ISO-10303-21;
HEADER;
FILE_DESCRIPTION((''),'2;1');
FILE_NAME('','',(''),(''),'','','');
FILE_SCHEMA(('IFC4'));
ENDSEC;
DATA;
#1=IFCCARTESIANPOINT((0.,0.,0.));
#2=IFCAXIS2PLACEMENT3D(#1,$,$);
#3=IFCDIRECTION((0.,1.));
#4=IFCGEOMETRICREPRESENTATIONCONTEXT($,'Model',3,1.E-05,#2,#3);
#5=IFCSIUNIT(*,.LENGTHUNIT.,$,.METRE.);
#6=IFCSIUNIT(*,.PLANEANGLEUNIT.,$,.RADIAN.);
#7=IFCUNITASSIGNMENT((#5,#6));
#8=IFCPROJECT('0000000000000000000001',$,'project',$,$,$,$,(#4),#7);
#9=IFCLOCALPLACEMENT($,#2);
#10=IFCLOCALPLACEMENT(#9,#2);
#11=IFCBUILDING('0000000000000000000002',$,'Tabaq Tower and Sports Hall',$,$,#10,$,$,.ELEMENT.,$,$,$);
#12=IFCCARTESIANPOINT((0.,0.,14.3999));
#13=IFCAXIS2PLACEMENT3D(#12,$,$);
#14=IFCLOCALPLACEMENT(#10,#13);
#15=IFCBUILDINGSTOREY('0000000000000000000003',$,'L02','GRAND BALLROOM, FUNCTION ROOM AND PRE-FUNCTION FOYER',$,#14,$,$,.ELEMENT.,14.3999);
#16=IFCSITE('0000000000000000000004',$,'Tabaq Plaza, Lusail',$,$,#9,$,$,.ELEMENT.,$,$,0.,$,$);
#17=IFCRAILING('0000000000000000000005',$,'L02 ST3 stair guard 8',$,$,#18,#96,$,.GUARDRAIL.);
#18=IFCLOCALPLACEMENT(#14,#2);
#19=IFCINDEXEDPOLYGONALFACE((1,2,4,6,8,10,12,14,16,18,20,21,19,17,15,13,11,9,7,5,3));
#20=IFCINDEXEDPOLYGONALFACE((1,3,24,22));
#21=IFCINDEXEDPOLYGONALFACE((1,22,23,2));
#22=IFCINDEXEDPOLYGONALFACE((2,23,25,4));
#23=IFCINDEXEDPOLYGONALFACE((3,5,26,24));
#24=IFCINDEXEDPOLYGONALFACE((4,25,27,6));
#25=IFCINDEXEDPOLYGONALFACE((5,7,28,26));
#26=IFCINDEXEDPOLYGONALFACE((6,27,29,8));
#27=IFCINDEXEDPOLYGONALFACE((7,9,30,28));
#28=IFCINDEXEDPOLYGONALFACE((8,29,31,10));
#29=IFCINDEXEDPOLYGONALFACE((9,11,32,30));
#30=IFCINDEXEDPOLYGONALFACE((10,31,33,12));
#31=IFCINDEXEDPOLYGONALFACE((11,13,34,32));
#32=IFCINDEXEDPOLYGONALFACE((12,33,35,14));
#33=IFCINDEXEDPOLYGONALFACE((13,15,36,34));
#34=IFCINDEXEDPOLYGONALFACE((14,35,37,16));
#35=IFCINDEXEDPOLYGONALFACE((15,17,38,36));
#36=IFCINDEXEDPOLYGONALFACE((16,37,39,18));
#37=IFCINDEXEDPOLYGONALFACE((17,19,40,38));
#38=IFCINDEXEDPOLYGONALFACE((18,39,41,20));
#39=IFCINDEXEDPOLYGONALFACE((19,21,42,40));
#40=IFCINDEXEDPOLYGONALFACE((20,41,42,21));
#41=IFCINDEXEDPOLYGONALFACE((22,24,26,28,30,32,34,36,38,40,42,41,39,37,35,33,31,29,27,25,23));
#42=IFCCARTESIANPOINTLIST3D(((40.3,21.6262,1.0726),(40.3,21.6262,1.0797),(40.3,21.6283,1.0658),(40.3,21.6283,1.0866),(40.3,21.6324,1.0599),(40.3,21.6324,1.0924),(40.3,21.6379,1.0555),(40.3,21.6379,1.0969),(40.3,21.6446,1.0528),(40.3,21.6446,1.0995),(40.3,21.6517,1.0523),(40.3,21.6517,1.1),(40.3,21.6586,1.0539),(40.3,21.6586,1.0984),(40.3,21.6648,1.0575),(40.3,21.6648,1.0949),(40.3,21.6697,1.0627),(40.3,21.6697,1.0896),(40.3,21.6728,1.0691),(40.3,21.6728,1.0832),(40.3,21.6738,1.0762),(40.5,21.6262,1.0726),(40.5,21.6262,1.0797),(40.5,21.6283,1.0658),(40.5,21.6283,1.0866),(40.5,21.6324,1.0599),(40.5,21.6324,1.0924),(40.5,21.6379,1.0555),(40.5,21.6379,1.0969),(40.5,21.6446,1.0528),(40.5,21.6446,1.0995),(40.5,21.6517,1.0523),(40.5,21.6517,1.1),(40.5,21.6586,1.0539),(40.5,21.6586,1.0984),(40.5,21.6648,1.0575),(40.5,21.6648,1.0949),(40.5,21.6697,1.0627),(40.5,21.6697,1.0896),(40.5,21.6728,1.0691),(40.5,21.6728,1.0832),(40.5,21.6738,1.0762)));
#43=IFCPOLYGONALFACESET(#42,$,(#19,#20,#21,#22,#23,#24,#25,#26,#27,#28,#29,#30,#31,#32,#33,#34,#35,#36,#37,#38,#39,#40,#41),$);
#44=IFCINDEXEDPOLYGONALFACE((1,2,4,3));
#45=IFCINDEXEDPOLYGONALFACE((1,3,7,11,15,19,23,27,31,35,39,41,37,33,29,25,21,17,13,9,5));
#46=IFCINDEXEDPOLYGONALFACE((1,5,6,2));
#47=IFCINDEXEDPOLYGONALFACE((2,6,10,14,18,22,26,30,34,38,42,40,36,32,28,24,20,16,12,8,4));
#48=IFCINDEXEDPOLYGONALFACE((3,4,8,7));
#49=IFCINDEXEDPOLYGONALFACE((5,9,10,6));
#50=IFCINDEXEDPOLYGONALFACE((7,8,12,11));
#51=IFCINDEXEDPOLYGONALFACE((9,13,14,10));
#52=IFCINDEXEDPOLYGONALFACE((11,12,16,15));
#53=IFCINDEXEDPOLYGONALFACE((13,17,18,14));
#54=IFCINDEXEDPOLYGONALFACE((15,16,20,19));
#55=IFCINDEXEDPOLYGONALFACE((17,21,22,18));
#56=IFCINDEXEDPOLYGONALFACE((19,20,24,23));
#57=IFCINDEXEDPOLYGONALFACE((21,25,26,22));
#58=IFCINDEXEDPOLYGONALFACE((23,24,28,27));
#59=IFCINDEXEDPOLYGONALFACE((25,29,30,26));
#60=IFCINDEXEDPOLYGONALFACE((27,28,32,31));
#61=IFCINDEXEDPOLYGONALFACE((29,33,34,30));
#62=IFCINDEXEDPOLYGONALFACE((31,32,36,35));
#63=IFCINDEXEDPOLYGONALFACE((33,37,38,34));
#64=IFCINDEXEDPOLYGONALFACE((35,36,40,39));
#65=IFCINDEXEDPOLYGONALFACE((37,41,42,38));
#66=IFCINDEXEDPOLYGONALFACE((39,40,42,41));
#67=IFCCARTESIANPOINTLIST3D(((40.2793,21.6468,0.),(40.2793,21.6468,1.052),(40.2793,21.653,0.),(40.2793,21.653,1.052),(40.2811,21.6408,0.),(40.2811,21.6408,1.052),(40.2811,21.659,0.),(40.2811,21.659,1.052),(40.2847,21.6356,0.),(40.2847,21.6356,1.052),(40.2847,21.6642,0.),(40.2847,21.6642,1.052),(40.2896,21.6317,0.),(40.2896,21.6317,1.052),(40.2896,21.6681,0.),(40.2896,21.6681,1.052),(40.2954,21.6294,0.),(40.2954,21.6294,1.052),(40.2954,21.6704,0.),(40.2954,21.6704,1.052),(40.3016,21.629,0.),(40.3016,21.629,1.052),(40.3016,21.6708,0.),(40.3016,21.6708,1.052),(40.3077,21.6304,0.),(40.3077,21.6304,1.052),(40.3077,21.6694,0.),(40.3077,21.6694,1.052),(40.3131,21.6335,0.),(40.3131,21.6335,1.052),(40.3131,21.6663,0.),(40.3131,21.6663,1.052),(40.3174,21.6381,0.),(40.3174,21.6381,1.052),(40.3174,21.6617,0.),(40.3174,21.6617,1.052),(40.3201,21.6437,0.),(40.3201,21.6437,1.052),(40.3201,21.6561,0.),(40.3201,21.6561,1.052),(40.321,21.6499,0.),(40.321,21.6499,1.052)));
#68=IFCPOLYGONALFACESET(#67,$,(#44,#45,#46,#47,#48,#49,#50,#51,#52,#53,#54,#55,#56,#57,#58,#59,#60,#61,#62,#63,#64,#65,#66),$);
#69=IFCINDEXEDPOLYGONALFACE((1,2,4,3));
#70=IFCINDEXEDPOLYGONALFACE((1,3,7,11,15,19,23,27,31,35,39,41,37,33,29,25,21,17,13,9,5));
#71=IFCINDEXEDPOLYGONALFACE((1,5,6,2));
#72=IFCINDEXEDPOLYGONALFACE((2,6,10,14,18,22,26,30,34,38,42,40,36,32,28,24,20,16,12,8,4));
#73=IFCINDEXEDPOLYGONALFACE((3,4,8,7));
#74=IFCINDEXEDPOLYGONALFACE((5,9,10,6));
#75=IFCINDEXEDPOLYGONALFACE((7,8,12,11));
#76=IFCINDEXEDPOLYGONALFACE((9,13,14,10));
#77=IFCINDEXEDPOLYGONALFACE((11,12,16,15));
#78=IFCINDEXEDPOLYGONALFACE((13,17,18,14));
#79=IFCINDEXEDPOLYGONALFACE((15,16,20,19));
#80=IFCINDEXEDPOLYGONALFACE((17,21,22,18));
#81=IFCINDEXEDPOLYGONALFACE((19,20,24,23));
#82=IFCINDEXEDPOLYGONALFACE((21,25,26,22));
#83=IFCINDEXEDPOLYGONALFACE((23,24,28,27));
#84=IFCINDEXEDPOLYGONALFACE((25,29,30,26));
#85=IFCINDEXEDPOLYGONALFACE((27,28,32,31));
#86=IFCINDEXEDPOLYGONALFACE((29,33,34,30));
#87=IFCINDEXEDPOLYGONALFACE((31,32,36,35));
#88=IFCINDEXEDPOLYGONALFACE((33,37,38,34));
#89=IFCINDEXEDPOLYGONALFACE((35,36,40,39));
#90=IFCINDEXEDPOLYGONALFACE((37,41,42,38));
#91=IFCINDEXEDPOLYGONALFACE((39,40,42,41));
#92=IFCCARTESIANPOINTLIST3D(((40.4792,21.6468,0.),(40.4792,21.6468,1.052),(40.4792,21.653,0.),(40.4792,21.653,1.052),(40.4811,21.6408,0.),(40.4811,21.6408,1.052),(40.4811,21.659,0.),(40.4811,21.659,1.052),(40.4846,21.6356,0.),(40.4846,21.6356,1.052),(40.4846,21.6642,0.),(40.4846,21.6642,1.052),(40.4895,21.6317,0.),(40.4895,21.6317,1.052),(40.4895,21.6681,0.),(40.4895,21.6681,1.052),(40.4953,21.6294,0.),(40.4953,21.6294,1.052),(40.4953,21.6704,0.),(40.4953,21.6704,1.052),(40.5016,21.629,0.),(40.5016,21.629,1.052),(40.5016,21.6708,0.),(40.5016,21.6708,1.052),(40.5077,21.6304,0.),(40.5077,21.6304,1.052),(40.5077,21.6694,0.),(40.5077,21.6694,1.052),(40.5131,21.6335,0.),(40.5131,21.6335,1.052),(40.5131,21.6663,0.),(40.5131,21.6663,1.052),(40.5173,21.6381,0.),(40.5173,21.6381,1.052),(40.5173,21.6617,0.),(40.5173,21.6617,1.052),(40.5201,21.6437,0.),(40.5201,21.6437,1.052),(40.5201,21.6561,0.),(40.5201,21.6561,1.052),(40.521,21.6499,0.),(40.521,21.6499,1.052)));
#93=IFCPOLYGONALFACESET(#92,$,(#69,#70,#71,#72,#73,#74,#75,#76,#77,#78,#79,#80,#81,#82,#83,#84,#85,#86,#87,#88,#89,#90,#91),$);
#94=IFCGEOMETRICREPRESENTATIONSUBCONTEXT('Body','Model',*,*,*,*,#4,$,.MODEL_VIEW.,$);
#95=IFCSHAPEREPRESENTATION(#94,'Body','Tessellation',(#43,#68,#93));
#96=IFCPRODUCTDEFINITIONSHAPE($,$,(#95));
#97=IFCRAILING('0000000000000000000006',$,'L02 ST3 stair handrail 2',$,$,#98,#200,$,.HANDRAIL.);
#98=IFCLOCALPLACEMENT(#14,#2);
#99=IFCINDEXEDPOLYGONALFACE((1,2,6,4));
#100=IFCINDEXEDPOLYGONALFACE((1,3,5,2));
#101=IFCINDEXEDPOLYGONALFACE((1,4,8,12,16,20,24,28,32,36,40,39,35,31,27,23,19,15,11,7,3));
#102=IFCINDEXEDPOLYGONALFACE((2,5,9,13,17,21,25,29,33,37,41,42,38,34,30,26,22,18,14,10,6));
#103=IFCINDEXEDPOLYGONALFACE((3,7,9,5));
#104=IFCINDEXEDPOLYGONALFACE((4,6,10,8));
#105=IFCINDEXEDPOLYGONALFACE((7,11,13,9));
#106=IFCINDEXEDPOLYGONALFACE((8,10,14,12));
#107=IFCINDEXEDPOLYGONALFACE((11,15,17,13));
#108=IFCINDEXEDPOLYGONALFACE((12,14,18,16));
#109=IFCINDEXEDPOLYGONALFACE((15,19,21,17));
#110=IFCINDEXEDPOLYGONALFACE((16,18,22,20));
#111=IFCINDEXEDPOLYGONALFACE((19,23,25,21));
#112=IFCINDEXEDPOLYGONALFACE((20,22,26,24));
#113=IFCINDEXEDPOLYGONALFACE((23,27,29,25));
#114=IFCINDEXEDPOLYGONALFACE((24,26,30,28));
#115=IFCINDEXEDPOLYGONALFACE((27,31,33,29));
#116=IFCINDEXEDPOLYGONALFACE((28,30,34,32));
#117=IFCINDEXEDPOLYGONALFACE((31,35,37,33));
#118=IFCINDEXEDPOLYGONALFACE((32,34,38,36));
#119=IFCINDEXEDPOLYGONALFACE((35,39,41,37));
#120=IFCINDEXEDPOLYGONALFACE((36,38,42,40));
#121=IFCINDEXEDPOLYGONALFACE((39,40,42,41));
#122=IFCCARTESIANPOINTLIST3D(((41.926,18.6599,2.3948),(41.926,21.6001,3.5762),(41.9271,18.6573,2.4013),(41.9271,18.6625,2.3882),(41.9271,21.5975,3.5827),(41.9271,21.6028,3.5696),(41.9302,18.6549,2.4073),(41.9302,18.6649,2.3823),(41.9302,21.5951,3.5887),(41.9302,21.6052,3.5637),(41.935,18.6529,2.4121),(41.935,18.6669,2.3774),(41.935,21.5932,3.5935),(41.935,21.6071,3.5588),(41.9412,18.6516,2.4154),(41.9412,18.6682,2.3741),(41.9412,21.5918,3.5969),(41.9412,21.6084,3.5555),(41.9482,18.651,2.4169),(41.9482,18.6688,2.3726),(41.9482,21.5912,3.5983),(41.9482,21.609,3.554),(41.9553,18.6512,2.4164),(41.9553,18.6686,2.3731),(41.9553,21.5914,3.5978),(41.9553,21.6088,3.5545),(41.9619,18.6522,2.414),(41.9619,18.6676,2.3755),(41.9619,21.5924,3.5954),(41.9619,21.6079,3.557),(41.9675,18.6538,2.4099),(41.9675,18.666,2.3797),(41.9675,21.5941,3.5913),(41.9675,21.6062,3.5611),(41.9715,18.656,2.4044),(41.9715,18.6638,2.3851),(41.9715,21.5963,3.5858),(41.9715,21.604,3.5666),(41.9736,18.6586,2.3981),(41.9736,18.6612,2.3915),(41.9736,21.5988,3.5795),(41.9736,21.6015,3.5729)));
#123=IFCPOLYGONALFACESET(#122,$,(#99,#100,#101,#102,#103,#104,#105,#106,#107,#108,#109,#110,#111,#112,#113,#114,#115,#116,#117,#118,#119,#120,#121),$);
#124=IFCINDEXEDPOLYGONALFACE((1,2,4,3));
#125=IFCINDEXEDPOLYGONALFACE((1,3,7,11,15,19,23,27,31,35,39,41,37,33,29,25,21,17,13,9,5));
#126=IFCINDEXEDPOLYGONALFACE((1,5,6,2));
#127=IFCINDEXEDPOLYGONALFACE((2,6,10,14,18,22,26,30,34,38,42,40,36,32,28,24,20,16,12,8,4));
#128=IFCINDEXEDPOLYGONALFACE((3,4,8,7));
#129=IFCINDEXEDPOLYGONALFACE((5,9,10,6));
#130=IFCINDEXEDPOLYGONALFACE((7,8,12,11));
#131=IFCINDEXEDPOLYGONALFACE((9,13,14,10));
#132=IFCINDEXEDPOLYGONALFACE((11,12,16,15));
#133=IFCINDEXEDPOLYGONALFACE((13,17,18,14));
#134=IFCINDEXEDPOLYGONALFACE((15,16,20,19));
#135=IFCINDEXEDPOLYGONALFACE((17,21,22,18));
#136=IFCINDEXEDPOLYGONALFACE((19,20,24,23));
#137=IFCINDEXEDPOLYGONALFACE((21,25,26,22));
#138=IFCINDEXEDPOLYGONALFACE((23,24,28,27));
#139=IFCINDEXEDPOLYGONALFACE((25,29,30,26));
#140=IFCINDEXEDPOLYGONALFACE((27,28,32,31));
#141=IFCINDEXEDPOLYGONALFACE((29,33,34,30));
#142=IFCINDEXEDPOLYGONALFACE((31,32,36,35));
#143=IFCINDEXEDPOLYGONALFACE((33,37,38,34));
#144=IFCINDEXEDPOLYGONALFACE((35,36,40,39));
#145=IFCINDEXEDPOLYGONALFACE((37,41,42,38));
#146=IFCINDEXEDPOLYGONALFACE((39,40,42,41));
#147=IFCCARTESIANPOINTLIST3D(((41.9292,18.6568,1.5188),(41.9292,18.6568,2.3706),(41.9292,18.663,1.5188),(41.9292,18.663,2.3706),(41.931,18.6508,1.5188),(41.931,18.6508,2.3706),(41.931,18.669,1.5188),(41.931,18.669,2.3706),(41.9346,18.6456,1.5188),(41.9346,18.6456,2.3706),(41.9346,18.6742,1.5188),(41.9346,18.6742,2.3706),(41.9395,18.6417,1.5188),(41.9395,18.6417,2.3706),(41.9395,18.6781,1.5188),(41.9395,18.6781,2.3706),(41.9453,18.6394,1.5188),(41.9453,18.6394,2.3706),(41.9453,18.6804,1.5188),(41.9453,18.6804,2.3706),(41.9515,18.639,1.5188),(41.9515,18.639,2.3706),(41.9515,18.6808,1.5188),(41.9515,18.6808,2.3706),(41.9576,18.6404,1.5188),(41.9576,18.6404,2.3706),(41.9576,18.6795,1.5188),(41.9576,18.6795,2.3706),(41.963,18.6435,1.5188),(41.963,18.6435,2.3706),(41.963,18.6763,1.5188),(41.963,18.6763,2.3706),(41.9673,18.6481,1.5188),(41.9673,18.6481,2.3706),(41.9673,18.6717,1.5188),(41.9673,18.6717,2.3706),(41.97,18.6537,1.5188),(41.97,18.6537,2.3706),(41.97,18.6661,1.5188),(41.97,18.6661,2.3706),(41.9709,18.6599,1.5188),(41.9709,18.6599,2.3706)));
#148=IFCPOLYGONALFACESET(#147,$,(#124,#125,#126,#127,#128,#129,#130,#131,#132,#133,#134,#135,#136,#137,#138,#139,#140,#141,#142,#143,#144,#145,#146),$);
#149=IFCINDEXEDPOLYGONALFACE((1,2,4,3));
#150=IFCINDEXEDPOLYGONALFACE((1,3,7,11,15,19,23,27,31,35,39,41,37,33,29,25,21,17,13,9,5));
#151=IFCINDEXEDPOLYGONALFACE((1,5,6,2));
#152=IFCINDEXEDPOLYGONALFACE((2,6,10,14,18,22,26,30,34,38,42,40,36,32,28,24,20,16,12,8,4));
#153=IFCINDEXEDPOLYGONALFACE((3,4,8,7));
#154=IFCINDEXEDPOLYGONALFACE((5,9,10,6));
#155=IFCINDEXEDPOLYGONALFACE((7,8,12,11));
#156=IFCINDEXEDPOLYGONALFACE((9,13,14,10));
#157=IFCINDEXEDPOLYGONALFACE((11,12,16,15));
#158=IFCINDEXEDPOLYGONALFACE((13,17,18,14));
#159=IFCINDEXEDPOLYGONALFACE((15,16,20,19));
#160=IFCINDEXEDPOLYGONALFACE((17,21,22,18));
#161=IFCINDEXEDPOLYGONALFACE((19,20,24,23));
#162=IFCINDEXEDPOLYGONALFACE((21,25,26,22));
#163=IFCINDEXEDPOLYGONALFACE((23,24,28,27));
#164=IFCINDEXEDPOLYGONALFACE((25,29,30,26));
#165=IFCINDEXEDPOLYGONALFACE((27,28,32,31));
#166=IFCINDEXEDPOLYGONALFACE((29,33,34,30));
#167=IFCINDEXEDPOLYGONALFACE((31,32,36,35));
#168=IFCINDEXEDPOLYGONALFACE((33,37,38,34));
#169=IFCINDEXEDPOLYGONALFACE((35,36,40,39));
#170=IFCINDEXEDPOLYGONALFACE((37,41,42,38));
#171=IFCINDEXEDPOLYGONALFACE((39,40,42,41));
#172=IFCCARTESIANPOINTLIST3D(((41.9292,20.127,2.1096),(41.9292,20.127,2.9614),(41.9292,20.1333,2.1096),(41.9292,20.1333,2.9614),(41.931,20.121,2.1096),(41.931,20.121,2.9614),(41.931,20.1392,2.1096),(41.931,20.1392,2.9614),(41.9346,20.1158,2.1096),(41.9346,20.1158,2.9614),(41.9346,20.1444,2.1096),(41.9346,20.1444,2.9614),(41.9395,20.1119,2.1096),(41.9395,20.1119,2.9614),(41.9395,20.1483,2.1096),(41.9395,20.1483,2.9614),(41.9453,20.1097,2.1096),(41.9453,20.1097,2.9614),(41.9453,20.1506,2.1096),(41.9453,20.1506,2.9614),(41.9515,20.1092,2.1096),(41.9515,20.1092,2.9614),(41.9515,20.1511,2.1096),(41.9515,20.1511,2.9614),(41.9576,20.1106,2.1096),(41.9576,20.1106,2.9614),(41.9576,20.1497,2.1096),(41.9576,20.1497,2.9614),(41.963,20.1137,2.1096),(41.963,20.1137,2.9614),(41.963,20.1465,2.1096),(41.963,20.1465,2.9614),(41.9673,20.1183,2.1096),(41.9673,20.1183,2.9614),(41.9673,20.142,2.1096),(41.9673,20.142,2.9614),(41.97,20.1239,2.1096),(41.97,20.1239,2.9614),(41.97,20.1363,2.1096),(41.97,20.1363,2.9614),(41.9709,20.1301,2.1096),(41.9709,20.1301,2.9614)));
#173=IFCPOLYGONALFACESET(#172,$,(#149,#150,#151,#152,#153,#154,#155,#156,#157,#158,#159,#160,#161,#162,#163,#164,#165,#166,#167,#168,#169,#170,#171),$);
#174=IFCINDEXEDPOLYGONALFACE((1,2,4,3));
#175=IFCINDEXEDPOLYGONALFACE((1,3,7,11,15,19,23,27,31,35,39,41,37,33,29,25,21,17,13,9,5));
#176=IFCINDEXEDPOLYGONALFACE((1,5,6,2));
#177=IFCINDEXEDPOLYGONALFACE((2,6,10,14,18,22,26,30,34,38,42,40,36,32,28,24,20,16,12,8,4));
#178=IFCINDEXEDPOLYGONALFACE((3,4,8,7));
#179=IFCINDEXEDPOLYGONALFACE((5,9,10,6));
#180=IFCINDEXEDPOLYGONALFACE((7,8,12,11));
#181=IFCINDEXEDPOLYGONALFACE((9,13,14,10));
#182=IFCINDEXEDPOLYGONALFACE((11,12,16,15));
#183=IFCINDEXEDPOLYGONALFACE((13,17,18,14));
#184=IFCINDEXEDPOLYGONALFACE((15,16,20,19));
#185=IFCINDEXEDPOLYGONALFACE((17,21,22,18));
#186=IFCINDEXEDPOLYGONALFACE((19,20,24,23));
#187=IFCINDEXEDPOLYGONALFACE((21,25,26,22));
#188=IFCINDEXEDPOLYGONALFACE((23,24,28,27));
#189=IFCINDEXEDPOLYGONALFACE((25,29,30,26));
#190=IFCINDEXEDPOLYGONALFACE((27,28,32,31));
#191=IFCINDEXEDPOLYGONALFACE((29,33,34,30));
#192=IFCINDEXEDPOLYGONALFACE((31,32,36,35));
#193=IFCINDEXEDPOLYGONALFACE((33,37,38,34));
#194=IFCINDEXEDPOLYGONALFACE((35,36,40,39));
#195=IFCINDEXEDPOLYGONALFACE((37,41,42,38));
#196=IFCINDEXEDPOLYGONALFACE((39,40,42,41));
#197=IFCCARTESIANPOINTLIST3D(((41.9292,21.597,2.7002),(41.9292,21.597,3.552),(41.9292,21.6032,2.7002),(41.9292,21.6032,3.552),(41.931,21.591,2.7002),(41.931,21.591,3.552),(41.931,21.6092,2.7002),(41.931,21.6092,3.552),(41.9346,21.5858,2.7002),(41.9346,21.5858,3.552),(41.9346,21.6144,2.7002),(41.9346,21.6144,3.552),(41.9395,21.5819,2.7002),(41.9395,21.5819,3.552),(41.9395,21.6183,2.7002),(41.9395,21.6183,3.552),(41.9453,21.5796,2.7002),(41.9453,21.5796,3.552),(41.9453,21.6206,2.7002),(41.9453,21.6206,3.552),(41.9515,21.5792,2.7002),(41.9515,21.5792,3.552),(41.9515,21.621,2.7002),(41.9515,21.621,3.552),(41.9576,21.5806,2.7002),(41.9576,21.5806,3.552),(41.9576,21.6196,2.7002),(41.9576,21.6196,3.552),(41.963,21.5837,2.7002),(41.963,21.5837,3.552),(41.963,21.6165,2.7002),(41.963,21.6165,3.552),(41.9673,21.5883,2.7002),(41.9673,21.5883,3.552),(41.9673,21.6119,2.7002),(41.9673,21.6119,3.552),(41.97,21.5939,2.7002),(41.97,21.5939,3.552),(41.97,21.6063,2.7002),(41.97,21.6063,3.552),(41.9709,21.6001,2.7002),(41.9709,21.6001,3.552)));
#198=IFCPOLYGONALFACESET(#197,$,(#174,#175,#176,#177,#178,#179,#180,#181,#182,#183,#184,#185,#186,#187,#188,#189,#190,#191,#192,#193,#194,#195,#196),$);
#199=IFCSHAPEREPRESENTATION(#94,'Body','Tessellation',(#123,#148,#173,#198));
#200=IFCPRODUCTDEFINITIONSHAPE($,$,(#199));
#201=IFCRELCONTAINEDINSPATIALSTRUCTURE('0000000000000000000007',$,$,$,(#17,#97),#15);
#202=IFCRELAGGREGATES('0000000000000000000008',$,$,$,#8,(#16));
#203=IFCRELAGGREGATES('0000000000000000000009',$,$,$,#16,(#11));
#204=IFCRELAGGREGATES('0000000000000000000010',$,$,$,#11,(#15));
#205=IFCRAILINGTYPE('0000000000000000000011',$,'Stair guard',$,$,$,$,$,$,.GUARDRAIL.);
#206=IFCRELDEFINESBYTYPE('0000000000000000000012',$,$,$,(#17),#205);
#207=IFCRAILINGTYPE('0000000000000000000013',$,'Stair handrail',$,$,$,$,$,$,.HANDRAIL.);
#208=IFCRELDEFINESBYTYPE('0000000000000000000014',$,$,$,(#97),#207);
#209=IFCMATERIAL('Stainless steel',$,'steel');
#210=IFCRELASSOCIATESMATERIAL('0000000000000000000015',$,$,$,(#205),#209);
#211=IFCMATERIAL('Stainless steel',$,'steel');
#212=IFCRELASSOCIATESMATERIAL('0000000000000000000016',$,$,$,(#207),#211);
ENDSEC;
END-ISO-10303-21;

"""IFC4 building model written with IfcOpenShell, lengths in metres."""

from ifc_helpers import new_model, si_unit, direction, frame, origin, origin_2d, place, context, subcontext, project, spatial, circle, extrude, material, type_object, element, save


model = new_model("IFC4")

# Units and contexts
model_context = context("Model", 3, precision=1e-05, world=origin(), true_north=direction((0.0, 1.0)))
body_context = subcontext(model_context, "Body", "Model", "MODEL_VIEW")
ifc_project = project(units=[si_unit("LENGTHUNIT", "METRE"), si_unit("PLANEANGLEUNIT", "RADIAN")], contexts=[model_context])

# Site, building, storey
site_placement = place(None, origin())
site = spatial("IfcSite", under=ifc_project, at=site_placement, Name="Tabaq Plaza, Lusail", CompositionType="ELEMENT", RefElevation=0.0)
building_placement = place(site_placement, origin())
building = spatial("IfcBuilding", under=site, at=building_placement, Name="Tabaq Tower and Sports Hall", CompositionType="ELEMENT")
storey_placement = place(building_placement, frame((0.0, 0.0, 14.3999)))
storey = spatial("IfcBuildingStorey", under=building, at=storey_placement, Name="L02", Description="GRAND BALLROOM, FUNCTION ROOM AND PRE-FUNCTION FOYER", CompositionType="ELEMENT", Elevation=14.3999)

# Railings
ifc_material_1 = material(Name="Stainless steel", Category="steel")
railing_type_1 = type_object("IfcRailingType", Name="Stair guard", PredefinedType="GUARDRAIL", material=ifc_material_1)
railing_1_placement = place(storey_placement, frame((40.3, 21.6499, 0.0)))
element("IfcRailing", 1, at=railing_1_placement, inside=storey, type_object=railing_type_1, Name="L02 ST3 stair guard 8", PredefinedType="GUARDRAIL", context=body_context, shape_type="SweptSolid", body=[
    extrude(circle(Radius=0.0239, at=origin_2d()), frame((0.0, 0.0, 1.0762), z_axis=(1.0, 0.0, 0.0), x_axis=(0.0, 1.0, 0.0)), (0.0, 0.0, 1.0), 0.2),
    extrude(circle(Radius=0.021, at=origin_2d()), origin(), (0.0, 0.0, 1.0), 1.052),
    extrude(circle(Radius=0.021, at=origin_2d()), frame((0.2, 0.0, 0.0)), (0.0, 0.0, 1.0), 1.052),
])
ifc_material_2 = material(Name="Stainless steel", Category="steel")
railing_type_2 = type_object("IfcRailingType", Name="Stair handrail", PredefinedType="HANDRAIL", material=ifc_material_2)
for number, where, name in (
    (2, (41.95, 18.6599, 1.5188), "L02 ST3 stair handrail 2"),
):
    element("IfcRailing", number, at=place(storey_placement, frame(where)), inside=storey, type_object=railing_type_2, Name=name, PredefinedType="HANDRAIL", context=body_context, shape_type="SweptSolid", body=[
        extrude(circle(Radius=0.0239, at=origin_2d()), frame((0.0, 0.0, 0.876), z_axis=(0.0, 0.927896, 0.372838), x_axis=(-1.0, 0.0, 0.0)), (0.0, 0.0, 1.0), 3.1687),
        extrude(circle(Radius=0.021, at=origin_2d()), origin(), (0.0, 0.0, 1.0), 0.8518),
        extrude(circle(Radius=0.021, at=origin_2d()), frame((0.0, 1.4702, 0.5908)), (0.0, 0.0, 1.0), 0.8518),
        extrude(circle(Radius=0.021, at=origin_2d()), frame((0.0, 2.9402, 1.1814)), (0.0, 0.0, 1.0), 0.8518),
    ])

save(model, "model.ifc")
